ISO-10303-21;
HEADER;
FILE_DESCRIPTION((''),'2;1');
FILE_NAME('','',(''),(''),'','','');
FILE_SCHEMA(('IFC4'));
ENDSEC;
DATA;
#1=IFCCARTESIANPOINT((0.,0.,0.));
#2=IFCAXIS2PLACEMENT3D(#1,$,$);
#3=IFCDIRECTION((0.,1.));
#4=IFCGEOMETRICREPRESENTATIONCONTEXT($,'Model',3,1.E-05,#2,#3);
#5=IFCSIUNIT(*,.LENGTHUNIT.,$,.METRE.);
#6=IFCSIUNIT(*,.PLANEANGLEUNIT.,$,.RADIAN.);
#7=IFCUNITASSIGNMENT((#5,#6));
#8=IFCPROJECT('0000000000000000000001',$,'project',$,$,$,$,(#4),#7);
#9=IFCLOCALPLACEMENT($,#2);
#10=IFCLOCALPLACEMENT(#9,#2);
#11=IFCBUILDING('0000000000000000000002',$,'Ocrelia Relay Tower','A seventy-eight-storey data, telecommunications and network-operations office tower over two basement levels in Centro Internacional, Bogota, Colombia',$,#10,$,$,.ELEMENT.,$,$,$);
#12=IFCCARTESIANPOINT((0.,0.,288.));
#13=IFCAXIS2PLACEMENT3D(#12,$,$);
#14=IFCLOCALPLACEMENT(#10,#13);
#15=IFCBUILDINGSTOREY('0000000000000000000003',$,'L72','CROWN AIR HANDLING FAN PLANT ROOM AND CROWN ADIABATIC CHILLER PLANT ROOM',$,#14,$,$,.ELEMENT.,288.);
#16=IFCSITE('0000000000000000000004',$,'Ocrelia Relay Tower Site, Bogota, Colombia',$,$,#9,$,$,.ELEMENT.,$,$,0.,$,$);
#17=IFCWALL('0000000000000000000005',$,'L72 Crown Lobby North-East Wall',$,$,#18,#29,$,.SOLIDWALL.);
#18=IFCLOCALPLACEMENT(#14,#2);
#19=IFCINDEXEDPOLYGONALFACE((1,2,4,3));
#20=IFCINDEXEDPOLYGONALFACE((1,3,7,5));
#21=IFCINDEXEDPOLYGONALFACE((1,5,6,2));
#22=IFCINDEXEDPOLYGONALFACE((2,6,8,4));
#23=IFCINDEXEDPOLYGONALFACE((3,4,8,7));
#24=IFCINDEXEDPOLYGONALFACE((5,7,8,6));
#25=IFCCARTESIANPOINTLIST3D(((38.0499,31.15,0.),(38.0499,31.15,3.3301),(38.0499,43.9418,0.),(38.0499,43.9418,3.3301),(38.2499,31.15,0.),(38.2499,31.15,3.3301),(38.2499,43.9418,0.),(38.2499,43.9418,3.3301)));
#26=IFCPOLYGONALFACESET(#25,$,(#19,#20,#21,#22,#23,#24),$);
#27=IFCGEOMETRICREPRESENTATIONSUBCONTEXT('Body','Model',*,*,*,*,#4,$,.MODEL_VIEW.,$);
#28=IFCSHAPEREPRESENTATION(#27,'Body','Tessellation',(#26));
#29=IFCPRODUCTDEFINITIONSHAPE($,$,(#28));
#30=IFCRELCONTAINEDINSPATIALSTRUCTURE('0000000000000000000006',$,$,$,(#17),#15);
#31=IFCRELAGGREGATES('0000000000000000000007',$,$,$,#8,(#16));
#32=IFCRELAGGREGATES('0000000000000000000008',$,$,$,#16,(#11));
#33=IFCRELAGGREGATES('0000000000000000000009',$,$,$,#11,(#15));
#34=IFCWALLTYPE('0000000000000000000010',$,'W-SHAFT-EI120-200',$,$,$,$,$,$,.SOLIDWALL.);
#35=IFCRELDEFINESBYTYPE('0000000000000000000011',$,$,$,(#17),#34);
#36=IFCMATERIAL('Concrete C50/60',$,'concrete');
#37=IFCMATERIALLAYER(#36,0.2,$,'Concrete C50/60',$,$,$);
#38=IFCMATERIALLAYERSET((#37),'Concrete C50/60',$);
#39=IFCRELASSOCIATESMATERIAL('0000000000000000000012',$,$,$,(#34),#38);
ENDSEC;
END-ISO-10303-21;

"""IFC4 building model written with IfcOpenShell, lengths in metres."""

from ifc_helpers import new_model, si_unit, direction, frame, frame_2d, origin, place, context, subcontext, project, spatial, rectangle, extrude, material, layer, layer_set, type_object, element, save


model = new_model("IFC4")

# Units and contexts
model_context = context("Model", 3, precision=1e-05, world=origin(), true_north=direction((0.0, 1.0)))
body_context = subcontext(model_context, "Body", "Model", "MODEL_VIEW")
ifc_project = project(units=[si_unit("LENGTHUNIT", "METRE"), si_unit("PLANEANGLEUNIT", "RADIAN")], contexts=[model_context])

# Site, building, storey
site_placement = place(None, origin())
site = spatial("IfcSite", under=ifc_project, at=site_placement, Name="Ocrelia Relay Tower Site, Bogota, Colombia", CompositionType="ELEMENT", RefElevation=0.0)
building_placement = place(site_placement, origin())
building = spatial("IfcBuilding", under=site, at=building_placement, Name="Ocrelia Relay Tower", Description="A seventy-eight-storey data, telecommunications and network-operations office tower over two basement levels in Centro Internacional, Bogota, Colombia", CompositionType="ELEMENT")
storey_placement = place(building_placement, frame((0.0, 0.0, 288.0)))
storey = spatial("IfcBuildingStorey", under=building, at=storey_placement, Name="L72", Description="CROWN AIR HANDLING FAN PLANT ROOM AND CROWN ADIABATIC CHILLER PLANT ROOM", CompositionType="ELEMENT", Elevation=288.0)

# Shared definitions
ifc_material_1 = material(Name="Concrete C50/60", Category="concrete")
ifc_layer_1 = layer(ifc_material_1, 0.2, Name="Concrete C50/60")
ifc_layer_set_1 = layer_set([ifc_layer_1], Name="Concrete C50/60")
wall_type = type_object("IfcWallType", Name="W-SHAFT-EI120-200", PredefinedType="SOLIDWALL", material=ifc_layer_set_1)

# Wall
wall_1_placement = place(storey_placement, frame((38.1499, 31.1499, 0.0), z_axis=(0.0, 0.0, 1.0), x_axis=(0.0, 1.0, 0.0)))
element("IfcWall", 1, at=wall_1_placement, inside=storey, type_object=wall_type, Name="L72 Crown Lobby North-East Wall", PredefinedType="SOLIDWALL", context=body_context, shape_type="SweptSolid", body=[
    extrude(rectangle(XDim=12.7917, YDim=0.2, at=frame_2d((6.396, 0.0))), origin(), (0.0, 0.0, 1.0), 3.3301),
])

save(model, "model.ifc")
